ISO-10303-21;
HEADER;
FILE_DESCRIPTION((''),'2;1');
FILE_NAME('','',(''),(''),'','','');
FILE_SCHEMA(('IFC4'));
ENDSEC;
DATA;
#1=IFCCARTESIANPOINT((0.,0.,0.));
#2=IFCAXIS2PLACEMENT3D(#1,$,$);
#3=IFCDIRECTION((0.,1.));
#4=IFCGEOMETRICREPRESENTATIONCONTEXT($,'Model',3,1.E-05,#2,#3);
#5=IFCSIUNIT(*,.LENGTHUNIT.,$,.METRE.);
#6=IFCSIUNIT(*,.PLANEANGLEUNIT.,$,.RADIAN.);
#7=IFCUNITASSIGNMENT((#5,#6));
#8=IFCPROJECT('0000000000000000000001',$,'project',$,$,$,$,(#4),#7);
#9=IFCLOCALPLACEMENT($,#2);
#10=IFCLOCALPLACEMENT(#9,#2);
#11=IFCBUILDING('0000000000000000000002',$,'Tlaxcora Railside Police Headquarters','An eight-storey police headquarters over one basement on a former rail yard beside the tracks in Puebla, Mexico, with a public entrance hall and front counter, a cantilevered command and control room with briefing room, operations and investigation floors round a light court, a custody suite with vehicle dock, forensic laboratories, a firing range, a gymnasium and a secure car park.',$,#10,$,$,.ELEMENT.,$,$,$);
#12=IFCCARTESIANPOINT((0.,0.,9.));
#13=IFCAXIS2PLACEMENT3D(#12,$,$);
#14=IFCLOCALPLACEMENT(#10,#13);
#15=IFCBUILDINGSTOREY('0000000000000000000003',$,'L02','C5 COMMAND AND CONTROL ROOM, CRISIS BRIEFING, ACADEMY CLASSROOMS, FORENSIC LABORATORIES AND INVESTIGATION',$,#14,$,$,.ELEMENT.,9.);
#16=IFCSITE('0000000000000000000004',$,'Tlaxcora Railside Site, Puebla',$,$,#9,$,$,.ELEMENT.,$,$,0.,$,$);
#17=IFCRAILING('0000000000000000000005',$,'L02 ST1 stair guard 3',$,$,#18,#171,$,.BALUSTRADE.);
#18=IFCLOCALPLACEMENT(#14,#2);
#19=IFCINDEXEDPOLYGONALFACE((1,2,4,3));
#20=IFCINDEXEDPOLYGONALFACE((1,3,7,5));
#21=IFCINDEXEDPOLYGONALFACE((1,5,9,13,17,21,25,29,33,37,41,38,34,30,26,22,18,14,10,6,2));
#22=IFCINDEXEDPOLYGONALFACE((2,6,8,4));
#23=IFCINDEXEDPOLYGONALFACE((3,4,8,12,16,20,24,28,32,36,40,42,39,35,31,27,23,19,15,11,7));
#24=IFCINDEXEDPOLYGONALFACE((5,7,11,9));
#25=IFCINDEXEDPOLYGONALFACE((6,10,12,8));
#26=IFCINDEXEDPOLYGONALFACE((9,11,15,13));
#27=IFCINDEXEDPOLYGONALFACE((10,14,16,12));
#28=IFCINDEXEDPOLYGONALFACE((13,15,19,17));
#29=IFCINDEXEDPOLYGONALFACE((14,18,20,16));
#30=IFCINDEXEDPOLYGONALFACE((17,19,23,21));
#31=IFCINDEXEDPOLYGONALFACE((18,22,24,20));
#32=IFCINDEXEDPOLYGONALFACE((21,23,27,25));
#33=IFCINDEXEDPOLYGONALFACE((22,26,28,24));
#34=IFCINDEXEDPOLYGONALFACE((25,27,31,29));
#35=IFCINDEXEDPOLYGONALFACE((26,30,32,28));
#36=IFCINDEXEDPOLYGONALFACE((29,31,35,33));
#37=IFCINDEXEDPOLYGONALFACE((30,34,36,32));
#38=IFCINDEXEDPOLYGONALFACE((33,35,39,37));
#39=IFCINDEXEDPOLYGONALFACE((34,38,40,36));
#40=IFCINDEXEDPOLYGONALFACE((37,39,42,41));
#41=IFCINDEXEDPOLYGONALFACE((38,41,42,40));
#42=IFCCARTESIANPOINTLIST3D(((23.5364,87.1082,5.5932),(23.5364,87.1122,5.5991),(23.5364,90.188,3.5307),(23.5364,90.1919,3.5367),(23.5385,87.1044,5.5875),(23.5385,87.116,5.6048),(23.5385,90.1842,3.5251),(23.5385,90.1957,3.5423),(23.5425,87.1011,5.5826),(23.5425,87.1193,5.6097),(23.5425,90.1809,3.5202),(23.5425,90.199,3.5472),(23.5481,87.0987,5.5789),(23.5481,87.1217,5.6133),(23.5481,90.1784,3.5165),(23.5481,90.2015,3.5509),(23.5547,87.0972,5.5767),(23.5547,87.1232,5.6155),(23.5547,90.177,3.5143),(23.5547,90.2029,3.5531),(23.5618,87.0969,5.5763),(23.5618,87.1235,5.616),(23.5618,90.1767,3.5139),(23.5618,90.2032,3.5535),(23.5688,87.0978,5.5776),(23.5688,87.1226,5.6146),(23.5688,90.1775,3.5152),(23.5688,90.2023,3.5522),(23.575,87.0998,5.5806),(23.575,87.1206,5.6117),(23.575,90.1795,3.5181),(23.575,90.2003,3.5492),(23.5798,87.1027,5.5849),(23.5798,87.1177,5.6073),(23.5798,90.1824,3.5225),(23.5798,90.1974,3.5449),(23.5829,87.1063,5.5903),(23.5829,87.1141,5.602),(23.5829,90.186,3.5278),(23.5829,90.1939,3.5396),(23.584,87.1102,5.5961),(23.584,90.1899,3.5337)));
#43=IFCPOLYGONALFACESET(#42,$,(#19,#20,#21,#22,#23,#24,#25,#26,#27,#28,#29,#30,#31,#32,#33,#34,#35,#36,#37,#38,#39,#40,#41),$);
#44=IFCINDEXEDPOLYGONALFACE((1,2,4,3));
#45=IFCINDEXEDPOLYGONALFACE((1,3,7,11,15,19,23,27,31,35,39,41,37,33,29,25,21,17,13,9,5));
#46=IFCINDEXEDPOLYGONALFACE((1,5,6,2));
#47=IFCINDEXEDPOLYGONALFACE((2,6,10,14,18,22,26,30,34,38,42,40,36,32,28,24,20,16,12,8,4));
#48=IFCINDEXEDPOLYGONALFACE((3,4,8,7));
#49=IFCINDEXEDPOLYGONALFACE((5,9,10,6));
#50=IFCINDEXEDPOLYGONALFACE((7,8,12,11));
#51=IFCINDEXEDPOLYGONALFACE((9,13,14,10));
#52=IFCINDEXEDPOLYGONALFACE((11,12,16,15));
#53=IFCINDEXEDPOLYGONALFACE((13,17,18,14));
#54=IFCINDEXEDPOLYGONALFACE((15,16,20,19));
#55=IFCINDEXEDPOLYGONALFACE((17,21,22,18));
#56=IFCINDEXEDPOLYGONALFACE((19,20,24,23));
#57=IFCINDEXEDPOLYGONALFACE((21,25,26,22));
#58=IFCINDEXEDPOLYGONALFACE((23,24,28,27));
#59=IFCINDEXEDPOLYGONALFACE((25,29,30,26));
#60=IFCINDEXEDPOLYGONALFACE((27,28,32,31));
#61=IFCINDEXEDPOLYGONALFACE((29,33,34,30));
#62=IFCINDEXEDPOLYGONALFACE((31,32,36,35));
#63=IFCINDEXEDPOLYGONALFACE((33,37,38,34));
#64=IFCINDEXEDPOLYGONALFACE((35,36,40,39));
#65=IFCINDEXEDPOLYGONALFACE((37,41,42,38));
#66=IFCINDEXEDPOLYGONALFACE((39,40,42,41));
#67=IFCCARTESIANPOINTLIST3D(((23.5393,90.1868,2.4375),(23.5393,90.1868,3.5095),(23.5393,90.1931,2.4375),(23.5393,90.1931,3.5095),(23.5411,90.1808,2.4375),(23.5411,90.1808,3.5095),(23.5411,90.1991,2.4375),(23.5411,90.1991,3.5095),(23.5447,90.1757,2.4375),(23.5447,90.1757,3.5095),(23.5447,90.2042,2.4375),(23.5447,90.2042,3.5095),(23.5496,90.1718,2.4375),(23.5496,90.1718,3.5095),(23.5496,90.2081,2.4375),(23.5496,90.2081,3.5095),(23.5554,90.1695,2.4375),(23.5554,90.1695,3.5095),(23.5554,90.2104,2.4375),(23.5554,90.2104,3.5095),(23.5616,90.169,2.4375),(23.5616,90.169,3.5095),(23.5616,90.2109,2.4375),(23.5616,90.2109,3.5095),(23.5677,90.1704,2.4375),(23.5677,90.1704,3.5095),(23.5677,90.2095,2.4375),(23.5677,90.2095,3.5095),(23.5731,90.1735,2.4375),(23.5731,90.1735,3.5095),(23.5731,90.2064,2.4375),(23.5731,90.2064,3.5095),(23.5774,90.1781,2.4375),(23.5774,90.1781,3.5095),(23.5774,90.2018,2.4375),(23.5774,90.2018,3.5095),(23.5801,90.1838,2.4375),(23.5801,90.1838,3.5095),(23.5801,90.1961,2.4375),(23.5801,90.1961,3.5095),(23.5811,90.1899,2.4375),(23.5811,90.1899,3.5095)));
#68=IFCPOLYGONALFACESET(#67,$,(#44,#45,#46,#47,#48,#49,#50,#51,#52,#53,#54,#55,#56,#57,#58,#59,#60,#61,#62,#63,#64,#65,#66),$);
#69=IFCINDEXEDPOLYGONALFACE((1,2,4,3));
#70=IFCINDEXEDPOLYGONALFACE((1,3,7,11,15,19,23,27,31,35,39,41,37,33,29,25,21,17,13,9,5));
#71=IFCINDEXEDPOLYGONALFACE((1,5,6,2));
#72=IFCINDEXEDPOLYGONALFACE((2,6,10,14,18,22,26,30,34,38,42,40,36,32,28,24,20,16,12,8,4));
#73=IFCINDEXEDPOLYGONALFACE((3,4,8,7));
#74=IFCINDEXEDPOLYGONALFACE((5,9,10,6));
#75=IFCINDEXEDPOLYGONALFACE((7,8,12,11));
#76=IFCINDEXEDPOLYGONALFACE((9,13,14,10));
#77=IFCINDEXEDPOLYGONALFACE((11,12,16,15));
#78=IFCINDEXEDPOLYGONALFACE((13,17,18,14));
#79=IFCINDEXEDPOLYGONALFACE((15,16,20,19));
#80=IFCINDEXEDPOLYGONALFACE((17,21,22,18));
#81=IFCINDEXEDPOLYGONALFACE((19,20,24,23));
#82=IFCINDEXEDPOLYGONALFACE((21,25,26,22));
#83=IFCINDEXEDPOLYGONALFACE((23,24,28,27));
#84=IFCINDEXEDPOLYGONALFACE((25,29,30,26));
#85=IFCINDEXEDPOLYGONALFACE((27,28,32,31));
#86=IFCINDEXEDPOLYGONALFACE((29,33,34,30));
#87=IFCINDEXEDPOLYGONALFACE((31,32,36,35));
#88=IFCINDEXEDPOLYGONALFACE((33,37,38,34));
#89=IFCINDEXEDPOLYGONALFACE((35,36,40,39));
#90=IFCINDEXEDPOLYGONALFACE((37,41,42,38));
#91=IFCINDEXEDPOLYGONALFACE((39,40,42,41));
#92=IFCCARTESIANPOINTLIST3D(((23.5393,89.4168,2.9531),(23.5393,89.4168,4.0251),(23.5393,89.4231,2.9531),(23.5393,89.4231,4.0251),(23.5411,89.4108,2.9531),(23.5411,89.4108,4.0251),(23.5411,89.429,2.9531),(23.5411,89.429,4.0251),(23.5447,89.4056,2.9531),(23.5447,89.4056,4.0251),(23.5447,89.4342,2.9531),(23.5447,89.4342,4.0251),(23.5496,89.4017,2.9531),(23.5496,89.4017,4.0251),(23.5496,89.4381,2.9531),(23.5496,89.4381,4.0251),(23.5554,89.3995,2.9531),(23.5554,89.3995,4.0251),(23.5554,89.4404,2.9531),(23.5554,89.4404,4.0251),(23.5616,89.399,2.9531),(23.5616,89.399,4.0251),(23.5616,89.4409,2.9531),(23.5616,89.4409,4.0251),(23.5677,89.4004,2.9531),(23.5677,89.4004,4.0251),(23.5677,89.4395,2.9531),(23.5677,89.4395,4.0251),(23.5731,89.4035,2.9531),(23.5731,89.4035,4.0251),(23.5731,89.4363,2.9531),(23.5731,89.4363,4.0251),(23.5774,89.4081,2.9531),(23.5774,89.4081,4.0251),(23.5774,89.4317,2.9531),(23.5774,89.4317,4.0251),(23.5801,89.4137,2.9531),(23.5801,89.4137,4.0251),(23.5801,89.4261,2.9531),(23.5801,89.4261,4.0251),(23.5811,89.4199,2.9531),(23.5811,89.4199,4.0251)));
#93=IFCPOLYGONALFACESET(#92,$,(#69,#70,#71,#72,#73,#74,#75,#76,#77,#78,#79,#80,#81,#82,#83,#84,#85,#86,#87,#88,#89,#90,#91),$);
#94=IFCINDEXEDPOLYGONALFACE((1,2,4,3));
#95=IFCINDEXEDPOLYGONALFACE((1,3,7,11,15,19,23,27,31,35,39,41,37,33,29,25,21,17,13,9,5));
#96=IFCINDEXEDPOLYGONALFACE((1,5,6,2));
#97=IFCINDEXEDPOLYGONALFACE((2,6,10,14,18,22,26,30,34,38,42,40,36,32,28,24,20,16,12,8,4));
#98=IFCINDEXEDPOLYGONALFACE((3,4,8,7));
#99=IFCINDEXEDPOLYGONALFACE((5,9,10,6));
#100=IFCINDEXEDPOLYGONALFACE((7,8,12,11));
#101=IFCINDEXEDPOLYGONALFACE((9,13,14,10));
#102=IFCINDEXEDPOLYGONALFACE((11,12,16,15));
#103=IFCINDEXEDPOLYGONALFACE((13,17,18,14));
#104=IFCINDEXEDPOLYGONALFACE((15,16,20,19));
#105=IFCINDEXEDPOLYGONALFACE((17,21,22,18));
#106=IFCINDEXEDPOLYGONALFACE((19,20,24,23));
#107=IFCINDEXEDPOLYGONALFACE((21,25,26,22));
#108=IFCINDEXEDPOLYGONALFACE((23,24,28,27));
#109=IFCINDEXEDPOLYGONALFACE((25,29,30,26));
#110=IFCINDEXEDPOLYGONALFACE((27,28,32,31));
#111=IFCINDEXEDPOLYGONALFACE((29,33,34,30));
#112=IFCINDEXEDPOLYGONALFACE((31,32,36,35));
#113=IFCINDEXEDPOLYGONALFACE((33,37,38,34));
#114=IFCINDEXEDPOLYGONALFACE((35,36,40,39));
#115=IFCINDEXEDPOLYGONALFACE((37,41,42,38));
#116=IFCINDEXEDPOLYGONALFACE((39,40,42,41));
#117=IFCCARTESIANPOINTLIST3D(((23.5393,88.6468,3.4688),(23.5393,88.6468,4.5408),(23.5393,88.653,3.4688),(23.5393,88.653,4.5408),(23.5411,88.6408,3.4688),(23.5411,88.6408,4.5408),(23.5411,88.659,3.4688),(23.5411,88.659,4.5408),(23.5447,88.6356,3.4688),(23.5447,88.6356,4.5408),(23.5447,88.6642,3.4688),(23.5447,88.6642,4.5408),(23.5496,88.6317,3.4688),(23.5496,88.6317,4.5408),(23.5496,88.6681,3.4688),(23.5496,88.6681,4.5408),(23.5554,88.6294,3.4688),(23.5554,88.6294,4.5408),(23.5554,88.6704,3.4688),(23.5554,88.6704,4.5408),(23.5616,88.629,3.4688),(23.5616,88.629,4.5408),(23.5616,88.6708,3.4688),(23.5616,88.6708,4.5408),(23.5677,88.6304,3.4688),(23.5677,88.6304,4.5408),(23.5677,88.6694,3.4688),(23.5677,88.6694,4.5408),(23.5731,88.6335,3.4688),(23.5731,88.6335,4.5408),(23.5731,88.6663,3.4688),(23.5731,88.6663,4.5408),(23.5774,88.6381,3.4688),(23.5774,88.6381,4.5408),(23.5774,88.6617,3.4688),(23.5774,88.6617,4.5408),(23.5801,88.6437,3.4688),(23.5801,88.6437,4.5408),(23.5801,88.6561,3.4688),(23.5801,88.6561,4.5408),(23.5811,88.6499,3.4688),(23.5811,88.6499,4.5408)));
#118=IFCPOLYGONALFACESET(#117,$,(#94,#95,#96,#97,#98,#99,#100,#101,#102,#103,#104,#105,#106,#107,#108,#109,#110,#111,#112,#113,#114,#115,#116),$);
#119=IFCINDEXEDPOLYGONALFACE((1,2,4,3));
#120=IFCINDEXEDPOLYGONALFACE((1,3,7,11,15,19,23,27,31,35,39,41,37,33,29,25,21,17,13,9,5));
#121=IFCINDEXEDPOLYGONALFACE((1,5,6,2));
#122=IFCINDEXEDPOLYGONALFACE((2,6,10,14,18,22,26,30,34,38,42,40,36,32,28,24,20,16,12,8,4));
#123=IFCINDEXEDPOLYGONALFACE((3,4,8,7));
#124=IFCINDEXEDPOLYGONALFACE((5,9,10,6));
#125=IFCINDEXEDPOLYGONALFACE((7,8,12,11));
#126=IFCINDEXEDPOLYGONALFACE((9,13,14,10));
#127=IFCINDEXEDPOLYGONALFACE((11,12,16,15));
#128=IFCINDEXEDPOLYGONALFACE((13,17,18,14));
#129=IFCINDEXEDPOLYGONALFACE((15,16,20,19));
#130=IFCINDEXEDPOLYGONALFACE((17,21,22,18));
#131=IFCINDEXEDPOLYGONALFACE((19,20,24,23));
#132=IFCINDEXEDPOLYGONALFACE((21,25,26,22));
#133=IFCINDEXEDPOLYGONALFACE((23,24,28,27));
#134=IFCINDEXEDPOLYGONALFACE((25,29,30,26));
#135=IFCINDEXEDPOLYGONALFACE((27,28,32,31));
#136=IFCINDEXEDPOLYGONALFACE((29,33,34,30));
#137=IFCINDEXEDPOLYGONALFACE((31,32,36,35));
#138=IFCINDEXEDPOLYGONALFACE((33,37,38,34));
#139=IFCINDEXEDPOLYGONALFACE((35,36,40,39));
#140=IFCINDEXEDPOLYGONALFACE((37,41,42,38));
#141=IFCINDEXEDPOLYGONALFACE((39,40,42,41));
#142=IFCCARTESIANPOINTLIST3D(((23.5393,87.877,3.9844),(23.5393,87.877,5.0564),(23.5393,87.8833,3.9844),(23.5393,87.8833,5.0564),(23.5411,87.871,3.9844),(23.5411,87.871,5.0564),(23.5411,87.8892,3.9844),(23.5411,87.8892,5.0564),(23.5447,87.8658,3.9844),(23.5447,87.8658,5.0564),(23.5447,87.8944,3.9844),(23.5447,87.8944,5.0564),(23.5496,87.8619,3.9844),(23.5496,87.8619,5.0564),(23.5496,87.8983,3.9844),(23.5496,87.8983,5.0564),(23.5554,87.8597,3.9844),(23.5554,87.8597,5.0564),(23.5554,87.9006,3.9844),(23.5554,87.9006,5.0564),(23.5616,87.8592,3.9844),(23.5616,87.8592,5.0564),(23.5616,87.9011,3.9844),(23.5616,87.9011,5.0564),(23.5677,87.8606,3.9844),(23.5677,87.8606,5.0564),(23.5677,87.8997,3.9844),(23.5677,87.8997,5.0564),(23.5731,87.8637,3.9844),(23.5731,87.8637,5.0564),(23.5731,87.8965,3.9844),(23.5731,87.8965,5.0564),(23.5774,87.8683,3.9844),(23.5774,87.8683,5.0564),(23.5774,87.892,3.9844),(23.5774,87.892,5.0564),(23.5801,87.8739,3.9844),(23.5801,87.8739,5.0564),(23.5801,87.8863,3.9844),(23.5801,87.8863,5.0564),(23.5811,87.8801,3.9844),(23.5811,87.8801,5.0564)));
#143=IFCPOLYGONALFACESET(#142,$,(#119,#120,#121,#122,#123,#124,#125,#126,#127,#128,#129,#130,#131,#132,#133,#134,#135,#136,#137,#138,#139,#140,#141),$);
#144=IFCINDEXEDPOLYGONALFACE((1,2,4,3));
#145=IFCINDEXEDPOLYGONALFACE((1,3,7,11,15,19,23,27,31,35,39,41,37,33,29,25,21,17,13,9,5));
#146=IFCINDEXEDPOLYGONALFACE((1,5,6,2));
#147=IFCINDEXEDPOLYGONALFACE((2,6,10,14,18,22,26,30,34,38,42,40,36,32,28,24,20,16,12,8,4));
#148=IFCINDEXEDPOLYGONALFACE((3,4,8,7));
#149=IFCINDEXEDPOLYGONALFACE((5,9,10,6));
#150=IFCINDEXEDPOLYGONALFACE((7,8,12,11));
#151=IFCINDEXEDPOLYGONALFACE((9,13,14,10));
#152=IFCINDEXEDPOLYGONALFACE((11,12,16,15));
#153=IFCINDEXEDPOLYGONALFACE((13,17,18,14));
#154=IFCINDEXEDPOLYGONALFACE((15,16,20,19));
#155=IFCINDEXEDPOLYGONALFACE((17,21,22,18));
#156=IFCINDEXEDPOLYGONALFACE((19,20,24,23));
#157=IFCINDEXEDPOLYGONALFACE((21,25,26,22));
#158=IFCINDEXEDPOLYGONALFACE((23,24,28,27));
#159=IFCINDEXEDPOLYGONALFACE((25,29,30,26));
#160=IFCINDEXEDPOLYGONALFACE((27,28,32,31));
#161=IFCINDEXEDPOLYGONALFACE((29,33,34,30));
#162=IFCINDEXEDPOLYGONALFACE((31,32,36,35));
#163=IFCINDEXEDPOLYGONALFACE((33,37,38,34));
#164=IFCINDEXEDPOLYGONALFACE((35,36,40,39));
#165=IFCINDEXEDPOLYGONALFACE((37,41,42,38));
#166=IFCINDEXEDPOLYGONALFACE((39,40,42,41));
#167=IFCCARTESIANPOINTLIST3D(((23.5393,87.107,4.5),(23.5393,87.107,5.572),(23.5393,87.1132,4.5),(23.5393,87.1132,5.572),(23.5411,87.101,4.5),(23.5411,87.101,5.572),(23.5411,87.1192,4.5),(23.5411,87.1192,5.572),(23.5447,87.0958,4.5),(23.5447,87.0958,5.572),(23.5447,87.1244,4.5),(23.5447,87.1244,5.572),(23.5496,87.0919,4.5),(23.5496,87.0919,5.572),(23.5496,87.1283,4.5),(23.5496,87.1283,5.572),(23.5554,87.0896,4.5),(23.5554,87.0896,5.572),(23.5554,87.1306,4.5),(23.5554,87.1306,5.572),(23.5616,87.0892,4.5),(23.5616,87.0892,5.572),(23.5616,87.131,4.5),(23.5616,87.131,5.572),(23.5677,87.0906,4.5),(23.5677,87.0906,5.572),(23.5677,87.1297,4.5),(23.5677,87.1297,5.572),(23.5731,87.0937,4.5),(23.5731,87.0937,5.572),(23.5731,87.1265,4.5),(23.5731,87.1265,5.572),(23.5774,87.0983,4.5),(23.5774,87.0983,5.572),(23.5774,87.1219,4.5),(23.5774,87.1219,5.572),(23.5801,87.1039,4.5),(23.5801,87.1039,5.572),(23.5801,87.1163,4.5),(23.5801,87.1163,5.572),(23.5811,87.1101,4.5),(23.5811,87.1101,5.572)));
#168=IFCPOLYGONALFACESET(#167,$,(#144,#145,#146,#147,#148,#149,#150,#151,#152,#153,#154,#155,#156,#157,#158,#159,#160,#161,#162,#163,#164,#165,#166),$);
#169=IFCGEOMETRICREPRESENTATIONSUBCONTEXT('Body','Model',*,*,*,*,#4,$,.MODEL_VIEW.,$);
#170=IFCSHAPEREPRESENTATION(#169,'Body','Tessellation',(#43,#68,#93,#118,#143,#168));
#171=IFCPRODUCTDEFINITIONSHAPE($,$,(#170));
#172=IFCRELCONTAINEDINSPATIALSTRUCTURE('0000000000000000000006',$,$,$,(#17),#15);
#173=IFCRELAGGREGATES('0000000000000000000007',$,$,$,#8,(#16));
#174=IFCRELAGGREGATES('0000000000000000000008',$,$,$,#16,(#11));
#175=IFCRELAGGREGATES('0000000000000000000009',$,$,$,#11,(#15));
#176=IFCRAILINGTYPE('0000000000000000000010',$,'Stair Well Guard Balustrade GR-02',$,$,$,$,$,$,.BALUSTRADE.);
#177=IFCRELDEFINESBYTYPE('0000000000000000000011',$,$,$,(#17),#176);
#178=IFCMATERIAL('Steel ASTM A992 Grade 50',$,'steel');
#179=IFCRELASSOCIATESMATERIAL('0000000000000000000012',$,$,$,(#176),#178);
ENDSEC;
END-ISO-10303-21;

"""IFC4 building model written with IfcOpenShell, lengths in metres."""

from ifc_helpers import new_model, si_unit, direction, frame, origin, origin_2d, place, context, subcontext, project, spatial, circle, extrude, material, type_object, element, save


model = new_model("IFC4")

# Units and contexts
model_context = context("Model", 3, precision=1e-05, world=origin(), true_north=direction((0.0, 1.0)))
body_context = subcontext(model_context, "Body", "Model", "MODEL_VIEW")
ifc_project = project(units=[si_unit("LENGTHUNIT", "METRE"), si_unit("PLANEANGLEUNIT", "RADIAN")], contexts=[model_context])

# Site, building, storey
site_placement = place(None, origin())
site = spatial("IfcSite", under=ifc_project, at=site_placement, Name="Tlaxcora Railside Site, Puebla", CompositionType="ELEMENT", RefElevation=0.0)
building_placement = place(site_placement, origin())
building = spatial("IfcBuilding", under=site, at=building_placement, Name="Tlaxcora Railside Police Headquarters", Description="An eight-storey police headquarters over one basement on a former rail yard beside the tracks in Puebla, Mexico, with a public entrance hall and front counter, a cantilevered command and control room with briefing room, operations and investigation floors round a light court, a custody suite with vehicle dock, forensic laboratories, a firing range, a gymnasium and a secure car park.", CompositionType="ELEMENT")
storey_placement = place(building_placement, frame((0.0, 0.0, 9.0)))
storey = spatial("IfcBuildingStorey", under=building, at=storey_placement, Name="L02", Description="C5 COMMAND AND CONTROL ROOM, CRISIS BRIEFING, ACADEMY CLASSROOMS, FORENSIC LABORATORIES AND INVESTIGATION", CompositionType="ELEMENT", Elevation=9.0)

# Shared definitions
ifc_material_1 = material(Name="Steel ASTM A992 Grade 50", Category="steel")

# Railing
railing_type_1 = type_object("IfcRailingType", Name="Stair Well Guard Balustrade GR-02", PredefinedType="BALUSTRADE", material=ifc_material_1)
railing_1_placement = place(storey_placement, frame((23.5601, 90.1899, 2.4375)))
element("IfcRailing", 1, at=railing_1_placement, inside=storey, type_object=railing_type_1, Name="L02 ST1 stair guard 3", PredefinedType="BALUSTRADE", context=body_context, shape_type="SweptSolid", body=[
    extrude(circle(Radius=0.0239, at=origin_2d()), frame((0.0, 0.0, 1.0962), z_axis=(0.0, -0.830893, 0.556432), x_axis=(1.0, 0.0, 0.0)), (0.0, 0.0, 1.0), 3.7065),
    extrude(circle(Radius=0.021, at=origin_2d()), origin(), (0.0, 0.0, 1.0), 1.072),
    extrude(circle(Radius=0.021, at=origin_2d()), frame((0.0, -0.77, 0.5156)), (0.0, 0.0, 1.0), 1.072),
    extrude(circle(Radius=0.021, at=origin_2d()), frame((0.0, -1.54, 1.0312)), (0.0, 0.0, 1.0), 1.072),
    extrude(circle(Radius=0.021, at=origin_2d()), frame((0.0, -2.3098, 1.5469)), (0.0, 0.0, 1.0), 1.072),
    extrude(circle(Radius=0.021, at=origin_2d()), frame((0.0, -3.0798, 2.0625)), (0.0, 0.0, 1.0), 1.072),
])

save(model, "model.ifc")
